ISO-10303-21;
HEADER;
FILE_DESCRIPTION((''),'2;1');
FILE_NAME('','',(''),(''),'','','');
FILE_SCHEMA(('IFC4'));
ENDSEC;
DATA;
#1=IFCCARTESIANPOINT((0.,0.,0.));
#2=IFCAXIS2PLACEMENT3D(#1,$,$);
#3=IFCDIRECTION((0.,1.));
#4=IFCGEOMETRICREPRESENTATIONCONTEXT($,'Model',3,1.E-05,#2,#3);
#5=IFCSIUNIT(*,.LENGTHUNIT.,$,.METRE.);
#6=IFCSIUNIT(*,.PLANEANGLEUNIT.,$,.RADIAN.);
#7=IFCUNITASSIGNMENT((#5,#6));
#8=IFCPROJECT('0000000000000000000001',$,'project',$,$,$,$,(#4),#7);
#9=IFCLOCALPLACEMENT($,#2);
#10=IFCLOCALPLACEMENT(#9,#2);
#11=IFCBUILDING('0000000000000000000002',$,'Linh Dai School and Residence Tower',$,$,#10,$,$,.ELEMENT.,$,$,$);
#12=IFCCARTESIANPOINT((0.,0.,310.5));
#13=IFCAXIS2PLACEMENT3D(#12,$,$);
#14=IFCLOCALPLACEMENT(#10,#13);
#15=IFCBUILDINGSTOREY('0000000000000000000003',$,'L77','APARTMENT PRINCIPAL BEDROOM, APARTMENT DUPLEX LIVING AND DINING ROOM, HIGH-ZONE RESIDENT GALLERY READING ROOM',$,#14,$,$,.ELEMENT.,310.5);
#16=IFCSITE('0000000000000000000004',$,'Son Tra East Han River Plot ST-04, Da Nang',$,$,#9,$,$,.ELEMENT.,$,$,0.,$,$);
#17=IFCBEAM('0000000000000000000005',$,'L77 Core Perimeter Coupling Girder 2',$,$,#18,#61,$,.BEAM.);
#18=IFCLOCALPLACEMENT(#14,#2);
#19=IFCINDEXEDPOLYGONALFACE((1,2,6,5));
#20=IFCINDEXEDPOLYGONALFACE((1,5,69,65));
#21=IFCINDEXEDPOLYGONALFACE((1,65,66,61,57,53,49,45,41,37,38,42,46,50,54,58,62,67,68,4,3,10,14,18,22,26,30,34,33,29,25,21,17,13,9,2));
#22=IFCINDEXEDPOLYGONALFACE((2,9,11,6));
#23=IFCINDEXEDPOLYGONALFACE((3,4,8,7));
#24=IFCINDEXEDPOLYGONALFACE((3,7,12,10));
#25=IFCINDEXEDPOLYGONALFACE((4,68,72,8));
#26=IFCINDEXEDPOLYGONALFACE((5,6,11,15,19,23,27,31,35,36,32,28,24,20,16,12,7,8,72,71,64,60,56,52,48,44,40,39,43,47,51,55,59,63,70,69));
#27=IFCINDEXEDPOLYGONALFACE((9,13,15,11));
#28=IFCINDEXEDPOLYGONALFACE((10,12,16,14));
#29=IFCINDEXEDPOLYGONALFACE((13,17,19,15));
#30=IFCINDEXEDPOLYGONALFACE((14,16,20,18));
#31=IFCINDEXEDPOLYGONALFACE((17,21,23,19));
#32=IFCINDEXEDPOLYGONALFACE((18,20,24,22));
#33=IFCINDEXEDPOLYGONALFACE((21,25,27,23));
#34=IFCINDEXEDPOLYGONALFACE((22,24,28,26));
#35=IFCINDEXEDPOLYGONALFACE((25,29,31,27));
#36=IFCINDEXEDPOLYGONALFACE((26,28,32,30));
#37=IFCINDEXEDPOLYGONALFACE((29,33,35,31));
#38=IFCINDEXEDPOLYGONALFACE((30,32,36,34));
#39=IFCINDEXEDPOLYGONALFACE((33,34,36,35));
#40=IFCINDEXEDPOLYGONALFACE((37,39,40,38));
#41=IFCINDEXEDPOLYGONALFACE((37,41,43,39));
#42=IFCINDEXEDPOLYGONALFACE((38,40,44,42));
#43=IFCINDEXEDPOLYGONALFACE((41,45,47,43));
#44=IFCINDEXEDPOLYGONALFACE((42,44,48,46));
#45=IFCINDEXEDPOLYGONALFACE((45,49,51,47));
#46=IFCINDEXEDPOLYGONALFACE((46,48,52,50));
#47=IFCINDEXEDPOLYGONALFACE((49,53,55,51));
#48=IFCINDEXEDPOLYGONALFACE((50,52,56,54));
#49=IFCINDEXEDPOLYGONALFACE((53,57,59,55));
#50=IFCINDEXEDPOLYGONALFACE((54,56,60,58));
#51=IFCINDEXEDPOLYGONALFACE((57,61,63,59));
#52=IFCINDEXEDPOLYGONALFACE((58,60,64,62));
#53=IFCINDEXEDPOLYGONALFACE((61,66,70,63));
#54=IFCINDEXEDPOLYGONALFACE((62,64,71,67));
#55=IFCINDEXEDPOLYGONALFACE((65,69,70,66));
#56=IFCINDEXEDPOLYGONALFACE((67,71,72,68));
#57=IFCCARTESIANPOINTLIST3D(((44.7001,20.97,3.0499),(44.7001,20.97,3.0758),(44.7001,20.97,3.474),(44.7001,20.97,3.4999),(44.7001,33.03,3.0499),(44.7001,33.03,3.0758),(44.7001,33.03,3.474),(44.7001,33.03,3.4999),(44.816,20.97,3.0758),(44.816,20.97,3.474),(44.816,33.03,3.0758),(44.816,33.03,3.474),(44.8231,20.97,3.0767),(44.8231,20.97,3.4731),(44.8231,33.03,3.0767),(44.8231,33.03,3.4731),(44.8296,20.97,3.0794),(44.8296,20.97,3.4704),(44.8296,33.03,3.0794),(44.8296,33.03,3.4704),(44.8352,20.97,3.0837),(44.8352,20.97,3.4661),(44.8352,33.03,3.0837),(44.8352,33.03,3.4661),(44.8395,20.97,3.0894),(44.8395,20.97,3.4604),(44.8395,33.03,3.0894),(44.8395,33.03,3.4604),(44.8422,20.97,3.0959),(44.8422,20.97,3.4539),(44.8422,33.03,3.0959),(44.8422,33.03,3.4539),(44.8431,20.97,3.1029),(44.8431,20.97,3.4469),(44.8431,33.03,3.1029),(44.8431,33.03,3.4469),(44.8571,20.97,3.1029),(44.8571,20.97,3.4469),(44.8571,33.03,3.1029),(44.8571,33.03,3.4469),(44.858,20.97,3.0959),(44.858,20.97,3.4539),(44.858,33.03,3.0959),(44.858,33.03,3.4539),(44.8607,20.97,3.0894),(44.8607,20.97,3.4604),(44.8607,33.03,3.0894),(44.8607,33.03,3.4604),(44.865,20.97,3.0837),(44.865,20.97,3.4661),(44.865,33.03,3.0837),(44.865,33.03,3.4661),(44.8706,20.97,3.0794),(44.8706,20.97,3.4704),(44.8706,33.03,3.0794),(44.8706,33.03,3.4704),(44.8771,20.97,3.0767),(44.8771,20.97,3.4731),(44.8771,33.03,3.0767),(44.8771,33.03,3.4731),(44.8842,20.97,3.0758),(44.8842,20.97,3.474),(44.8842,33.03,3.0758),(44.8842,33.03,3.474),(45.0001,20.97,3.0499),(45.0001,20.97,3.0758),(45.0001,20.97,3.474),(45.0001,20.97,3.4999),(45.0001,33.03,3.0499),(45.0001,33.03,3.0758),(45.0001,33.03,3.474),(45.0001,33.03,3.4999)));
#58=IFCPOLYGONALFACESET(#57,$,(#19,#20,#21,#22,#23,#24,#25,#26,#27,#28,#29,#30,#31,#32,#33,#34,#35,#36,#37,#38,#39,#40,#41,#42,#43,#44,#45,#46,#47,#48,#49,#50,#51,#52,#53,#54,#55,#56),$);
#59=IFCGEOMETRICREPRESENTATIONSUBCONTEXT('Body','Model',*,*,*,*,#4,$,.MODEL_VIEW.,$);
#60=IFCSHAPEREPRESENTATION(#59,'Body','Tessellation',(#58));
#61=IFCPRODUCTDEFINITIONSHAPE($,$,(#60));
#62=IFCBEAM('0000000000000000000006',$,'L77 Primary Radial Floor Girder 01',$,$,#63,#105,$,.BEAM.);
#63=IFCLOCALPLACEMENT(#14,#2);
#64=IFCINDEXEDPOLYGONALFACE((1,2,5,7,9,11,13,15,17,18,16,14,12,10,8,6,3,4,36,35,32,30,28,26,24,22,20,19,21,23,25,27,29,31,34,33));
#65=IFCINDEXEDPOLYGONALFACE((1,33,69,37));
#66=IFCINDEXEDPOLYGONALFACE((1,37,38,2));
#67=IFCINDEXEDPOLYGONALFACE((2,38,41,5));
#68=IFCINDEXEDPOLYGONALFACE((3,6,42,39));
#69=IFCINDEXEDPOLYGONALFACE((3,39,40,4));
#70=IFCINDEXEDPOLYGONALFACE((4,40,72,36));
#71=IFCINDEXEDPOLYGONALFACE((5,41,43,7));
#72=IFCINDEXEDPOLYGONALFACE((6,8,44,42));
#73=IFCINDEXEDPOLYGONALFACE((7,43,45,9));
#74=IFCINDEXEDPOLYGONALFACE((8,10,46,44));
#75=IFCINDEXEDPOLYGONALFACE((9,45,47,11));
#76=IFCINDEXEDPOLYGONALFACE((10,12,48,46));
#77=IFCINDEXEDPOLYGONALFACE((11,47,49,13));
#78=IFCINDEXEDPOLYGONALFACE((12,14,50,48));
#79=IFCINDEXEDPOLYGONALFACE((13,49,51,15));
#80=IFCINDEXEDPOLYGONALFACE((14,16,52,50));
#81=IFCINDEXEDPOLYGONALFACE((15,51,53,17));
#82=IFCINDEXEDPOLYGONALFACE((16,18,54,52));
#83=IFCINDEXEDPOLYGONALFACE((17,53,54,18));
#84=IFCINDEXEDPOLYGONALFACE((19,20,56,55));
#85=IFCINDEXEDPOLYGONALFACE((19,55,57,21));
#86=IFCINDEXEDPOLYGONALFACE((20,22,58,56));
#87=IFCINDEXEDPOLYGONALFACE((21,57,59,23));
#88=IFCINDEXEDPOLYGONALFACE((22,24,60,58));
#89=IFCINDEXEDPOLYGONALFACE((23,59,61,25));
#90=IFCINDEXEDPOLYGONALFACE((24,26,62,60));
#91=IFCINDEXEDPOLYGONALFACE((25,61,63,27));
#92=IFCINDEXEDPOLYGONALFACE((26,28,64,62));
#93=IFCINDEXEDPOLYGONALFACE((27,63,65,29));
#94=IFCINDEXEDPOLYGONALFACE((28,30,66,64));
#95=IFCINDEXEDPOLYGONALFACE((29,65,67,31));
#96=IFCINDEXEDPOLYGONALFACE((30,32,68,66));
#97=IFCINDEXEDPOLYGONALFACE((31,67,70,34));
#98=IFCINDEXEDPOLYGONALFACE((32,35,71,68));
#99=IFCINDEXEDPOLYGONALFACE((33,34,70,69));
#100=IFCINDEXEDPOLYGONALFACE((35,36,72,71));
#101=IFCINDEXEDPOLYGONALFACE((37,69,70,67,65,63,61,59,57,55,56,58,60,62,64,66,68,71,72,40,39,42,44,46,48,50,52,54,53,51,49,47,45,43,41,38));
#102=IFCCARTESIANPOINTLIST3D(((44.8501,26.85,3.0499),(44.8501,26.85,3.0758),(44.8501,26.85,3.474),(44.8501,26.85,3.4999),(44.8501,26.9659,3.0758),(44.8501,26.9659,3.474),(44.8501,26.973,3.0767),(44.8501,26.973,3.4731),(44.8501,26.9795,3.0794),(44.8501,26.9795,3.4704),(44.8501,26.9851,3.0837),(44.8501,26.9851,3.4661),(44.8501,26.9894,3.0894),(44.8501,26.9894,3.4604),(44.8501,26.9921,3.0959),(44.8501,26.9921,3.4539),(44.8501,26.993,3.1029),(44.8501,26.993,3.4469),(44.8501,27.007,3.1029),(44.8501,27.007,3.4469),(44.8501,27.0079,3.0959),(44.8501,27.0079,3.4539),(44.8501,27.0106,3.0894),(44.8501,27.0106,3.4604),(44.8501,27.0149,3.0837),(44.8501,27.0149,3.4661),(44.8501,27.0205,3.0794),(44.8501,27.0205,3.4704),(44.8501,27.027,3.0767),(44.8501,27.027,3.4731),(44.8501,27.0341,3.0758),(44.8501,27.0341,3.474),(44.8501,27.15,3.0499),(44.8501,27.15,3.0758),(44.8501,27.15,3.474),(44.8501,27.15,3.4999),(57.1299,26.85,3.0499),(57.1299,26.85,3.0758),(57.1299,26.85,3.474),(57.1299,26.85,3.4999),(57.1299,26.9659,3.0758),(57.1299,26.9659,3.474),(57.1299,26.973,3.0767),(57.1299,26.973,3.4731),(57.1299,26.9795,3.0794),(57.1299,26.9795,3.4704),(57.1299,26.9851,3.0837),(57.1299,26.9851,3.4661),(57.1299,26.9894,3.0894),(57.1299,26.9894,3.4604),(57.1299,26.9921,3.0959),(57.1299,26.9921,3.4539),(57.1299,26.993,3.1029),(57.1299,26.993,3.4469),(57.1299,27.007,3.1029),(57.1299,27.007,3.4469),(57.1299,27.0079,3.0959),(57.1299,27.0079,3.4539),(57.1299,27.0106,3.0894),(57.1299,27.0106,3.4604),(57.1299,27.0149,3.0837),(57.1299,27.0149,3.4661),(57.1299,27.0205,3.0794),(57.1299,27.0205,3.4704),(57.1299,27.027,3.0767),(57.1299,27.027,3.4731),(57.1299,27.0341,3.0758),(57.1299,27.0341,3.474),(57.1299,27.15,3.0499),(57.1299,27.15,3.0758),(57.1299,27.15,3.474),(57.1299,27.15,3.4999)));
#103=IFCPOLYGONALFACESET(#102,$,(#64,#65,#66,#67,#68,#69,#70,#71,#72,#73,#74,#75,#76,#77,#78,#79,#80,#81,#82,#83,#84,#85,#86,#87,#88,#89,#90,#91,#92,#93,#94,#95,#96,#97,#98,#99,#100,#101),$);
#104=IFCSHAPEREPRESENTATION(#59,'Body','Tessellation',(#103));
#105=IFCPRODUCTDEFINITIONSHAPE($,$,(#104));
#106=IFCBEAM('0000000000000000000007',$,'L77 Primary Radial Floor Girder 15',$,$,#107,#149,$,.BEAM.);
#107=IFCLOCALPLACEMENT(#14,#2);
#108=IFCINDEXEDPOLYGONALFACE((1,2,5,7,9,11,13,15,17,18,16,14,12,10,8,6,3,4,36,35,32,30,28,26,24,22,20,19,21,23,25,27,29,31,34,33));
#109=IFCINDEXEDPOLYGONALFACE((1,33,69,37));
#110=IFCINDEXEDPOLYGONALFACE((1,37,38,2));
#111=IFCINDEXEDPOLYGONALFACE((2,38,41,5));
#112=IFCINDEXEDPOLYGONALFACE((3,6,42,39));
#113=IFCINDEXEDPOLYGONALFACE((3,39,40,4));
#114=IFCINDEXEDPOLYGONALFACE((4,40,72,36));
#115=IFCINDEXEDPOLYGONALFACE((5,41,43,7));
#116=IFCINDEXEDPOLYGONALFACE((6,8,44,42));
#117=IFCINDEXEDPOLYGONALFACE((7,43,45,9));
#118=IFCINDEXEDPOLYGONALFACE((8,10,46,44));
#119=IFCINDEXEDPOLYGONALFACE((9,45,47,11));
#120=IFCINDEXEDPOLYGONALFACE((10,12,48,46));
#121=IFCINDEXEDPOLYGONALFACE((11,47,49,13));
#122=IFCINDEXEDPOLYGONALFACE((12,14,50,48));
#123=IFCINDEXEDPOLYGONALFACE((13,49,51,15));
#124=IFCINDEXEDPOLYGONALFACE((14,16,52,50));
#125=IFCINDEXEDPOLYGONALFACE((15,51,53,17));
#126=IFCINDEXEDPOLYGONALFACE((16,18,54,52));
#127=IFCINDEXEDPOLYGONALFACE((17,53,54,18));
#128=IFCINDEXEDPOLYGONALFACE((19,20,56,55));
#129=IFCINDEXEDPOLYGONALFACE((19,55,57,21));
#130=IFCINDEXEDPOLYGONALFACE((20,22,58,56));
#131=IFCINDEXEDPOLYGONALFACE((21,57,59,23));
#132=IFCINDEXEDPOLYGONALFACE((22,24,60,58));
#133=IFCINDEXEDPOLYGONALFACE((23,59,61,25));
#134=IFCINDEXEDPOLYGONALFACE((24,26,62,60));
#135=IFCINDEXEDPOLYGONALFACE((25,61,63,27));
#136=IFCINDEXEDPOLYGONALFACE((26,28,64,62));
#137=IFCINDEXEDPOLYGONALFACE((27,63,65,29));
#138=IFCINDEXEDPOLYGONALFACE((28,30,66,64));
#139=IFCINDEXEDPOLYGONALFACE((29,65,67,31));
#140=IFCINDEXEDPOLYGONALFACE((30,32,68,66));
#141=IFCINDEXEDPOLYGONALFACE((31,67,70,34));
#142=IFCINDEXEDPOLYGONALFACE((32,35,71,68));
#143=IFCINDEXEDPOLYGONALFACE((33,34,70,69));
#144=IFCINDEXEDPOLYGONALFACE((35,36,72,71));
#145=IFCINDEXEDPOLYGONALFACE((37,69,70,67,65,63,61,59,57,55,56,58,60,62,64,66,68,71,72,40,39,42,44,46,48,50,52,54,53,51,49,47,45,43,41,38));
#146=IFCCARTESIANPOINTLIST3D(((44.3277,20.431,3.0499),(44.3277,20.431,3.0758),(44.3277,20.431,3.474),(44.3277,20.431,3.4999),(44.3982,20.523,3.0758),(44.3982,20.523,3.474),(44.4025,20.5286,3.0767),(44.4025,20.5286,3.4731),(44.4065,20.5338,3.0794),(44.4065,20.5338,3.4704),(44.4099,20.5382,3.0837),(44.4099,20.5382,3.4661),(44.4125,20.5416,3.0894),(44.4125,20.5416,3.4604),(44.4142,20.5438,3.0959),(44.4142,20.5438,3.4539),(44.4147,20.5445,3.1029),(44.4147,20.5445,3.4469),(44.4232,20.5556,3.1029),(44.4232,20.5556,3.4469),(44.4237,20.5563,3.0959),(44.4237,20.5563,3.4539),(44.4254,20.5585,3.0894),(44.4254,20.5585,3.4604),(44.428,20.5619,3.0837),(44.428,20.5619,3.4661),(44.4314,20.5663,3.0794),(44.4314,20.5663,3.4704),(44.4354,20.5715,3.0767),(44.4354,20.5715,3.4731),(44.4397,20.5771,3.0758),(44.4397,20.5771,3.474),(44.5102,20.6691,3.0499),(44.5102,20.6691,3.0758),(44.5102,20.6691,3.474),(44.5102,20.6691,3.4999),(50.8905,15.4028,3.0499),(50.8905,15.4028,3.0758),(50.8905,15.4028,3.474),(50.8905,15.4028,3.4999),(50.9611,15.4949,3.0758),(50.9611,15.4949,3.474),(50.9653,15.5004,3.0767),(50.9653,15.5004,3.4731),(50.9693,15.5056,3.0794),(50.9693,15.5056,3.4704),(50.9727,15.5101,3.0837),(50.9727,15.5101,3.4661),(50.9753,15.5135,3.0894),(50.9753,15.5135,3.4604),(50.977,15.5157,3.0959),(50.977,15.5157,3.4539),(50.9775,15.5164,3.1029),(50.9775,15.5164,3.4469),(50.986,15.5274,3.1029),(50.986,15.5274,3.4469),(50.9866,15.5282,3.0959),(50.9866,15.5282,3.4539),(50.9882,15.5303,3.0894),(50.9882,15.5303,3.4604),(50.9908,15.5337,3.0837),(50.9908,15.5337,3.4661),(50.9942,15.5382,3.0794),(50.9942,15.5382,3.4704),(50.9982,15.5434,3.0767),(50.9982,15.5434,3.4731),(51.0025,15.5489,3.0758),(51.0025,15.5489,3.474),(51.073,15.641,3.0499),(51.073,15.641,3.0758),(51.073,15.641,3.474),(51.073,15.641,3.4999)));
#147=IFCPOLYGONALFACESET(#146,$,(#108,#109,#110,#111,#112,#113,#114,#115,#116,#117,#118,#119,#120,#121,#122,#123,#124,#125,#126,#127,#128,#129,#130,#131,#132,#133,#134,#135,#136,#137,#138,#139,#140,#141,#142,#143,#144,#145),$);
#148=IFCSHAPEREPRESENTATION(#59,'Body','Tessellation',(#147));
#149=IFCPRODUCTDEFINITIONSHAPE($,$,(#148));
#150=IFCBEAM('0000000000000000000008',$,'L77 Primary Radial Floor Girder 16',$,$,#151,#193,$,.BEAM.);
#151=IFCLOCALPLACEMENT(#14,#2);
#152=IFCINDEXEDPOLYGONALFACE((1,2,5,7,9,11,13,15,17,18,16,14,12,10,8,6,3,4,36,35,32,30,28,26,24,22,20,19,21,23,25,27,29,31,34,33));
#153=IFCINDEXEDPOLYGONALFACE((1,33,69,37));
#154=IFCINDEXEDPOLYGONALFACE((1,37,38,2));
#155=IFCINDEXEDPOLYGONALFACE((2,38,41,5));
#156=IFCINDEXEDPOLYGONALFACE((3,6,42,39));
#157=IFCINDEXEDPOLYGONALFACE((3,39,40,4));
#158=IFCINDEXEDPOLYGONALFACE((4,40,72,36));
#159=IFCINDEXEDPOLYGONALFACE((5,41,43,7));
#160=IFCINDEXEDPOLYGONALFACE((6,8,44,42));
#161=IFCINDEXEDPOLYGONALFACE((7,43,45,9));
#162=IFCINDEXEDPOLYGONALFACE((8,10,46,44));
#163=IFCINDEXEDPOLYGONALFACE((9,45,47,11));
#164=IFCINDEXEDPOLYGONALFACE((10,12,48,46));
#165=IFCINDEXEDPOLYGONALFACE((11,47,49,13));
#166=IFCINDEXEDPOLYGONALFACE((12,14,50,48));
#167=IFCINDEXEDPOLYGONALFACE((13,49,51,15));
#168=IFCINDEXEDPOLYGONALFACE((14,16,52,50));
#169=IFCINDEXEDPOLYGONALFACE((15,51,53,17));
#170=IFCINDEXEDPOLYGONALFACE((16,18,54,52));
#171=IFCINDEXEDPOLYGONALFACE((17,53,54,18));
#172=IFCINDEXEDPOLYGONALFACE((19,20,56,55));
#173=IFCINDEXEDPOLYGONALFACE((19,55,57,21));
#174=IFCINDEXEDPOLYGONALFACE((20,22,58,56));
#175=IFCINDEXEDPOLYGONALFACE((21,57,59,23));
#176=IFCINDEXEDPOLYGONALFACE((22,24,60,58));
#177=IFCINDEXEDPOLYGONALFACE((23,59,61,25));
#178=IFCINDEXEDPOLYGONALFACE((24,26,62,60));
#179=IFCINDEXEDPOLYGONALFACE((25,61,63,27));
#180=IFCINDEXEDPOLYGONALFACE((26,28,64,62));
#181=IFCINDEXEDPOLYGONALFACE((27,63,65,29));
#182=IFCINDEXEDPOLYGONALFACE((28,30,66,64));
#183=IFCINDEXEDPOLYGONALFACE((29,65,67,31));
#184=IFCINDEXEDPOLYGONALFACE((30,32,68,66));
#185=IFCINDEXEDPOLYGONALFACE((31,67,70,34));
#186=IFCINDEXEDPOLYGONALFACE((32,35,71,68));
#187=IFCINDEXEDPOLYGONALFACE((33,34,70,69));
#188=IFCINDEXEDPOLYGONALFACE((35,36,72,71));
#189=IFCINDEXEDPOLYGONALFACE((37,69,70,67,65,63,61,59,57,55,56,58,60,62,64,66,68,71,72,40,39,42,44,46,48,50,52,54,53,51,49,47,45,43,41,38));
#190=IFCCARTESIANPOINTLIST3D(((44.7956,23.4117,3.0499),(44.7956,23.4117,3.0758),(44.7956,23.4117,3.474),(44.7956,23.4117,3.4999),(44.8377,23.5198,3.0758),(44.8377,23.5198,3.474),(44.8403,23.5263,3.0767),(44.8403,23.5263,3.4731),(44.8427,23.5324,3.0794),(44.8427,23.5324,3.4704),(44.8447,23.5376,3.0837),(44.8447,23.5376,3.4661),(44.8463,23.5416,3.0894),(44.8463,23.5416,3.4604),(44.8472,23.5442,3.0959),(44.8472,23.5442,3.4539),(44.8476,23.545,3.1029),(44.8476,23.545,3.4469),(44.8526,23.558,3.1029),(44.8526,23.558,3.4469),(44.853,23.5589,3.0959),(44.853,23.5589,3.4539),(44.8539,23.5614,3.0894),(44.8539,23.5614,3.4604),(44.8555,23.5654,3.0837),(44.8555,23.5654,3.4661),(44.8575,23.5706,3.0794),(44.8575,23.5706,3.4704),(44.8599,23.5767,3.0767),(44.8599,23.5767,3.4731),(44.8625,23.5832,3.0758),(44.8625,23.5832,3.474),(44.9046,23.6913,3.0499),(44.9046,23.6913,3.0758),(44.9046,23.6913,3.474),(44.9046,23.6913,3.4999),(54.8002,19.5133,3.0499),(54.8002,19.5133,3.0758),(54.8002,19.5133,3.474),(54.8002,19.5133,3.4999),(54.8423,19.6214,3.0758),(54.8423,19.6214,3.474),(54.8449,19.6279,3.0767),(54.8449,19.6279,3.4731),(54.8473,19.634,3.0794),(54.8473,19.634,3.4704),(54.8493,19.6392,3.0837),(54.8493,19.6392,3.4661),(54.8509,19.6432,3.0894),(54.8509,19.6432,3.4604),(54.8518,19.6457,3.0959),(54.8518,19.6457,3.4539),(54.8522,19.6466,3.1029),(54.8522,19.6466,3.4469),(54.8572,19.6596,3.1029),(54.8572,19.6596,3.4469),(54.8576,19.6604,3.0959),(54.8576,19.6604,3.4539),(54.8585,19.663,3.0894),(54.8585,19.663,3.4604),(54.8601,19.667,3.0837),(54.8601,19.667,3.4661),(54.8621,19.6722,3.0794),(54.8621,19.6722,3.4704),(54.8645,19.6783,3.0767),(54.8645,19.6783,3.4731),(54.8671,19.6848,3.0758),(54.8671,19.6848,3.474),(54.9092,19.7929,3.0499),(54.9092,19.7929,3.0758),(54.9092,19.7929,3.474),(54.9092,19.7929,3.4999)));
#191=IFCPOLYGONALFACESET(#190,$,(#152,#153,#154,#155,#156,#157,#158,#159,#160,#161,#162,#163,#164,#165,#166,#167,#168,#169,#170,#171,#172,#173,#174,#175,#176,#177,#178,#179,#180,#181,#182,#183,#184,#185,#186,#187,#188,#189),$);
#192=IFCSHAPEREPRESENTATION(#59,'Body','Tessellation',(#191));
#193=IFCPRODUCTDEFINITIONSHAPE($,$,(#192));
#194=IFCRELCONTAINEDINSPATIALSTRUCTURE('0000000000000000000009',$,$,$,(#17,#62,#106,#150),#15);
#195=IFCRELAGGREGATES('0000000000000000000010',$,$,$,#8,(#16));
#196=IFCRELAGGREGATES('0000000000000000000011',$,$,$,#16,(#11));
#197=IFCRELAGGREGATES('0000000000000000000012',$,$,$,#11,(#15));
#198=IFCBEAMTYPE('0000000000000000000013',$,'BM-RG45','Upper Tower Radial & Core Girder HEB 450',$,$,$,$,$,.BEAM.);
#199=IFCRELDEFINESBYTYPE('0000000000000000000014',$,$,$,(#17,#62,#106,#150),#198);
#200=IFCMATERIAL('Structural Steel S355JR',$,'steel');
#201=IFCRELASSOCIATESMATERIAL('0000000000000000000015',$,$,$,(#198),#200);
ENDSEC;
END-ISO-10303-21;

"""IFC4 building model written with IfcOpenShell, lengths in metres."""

from ifc_helpers import new_model, si_unit, direction, frame, origin, origin_2d, place, context, subcontext, project, spatial, i_section, extrude, material, material_profile, profile_set, type_object, element, save


model = new_model("IFC4")

# Units and contexts
model_context = context("Model", 3, precision=1e-05, world=origin(), true_north=direction((0.0, 1.0)))
body_context = subcontext(model_context, "Body", "Model", "MODEL_VIEW")
ifc_project = project(units=[si_unit("LENGTHUNIT", "METRE"), si_unit("PLANEANGLEUNIT", "RADIAN")], contexts=[model_context])

# Site, building, storey
site_placement = place(None, origin())
site = spatial("IfcSite", under=ifc_project, at=site_placement, Name="Son Tra East Han River Plot ST-04, Da Nang", CompositionType="ELEMENT", RefElevation=0.0)
building_placement = place(site_placement, origin())
building = spatial("IfcBuilding", under=site, at=building_placement, Name="Linh Dai School and Residence Tower", CompositionType="ELEMENT")
storey_placement = place(building_placement, frame((0.0, 0.0, 310.5)))
storey = spatial("IfcBuildingStorey", under=building, at=storey_placement, Name="L77", Description="APARTMENT PRINCIPAL BEDROOM, APARTMENT DUPLEX LIVING AND DINING ROOM, HIGH-ZONE RESIDENT GALLERY READING ROOM", CompositionType="ELEMENT", Elevation=310.5)

# Shared definitions
ifc_material_1 = material(Name="Structural Steel S355JR", Category="steel")

# Beams
ifc_material_profile_1 = material_profile(ifc_material_1, i_section(OverallWidth=0.3, OverallDepth=0.45, WebThickness=0.0139, FlangeThickness=0.0259, FilletRadius=0.0271, at=origin_2d()), Name="HEB 450")
ifc_profile_set_1 = profile_set([ifc_material_profile_1], Name="Structural Steel S355JR")
beam_type_1 = type_object("IfcBeamType", Name="BM-RG45", Description="Upper Tower Radial & Core Girder HEB 450", PredefinedType="BEAM", material=ifc_profile_set_1)
beam_1_placement = place(storey_placement, frame((44.8501, 20.97, 3.2749), z_axis=(0.0, 1.0, 0.0), x_axis=(-1.0, 0.0, 0.0)))
element("IfcBeam", 1, at=beam_1_placement, inside=storey, type_object=beam_type_1, Name="L77 Core Perimeter Coupling Girder 2", PredefinedType="BEAM", context=body_context, shape_type="SweptSolid", body=[
    extrude(i_section(OverallWidth=0.3, OverallDepth=0.45, WebThickness=0.0139, FlangeThickness=0.0259, FilletRadius=0.0271, at=origin_2d()), origin(), (0.0, 0.0, 1.0), 12.0601),
])
beam_2_placement = place(storey_placement, frame((44.8501, 27.0, 3.2749), z_axis=(1.0, 0.0, 0.0), x_axis=(0.0, 1.0, 0.0)))
element("IfcBeam", 2, at=beam_2_placement, inside=storey, type_object=beam_type_1, Name="L77 Primary Radial Floor Girder 01", PredefinedType="BEAM", context=body_context, shape_type="SweptSolid", body=[
    extrude(i_section(OverallWidth=0.3, OverallDepth=0.45, WebThickness=0.0139, FlangeThickness=0.0259, FilletRadius=0.0271, at=origin_2d()), origin(), (0.0, 0.0, 1.0), 12.2798),
])
beam_3_placement = place(storey_placement, frame((44.4189, 20.55, 3.2749), z_axis=(0.793803, -0.608175, 0.0), x_axis=(0.608175, 0.793803, 0.0)))
element("IfcBeam", 3, at=beam_3_placement, inside=storey, type_object=beam_type_1, Name="L77 Primary Radial Floor Girder 15", PredefinedType="BEAM", context=body_context, shape_type="SweptSolid", body=[
    extrude(i_section(OverallWidth=0.3, OverallDepth=0.45, WebThickness=0.0139, FlangeThickness=0.0259, FilletRadius=0.0271, at=origin_2d()), origin(), (0.0, 0.0, 1.0), 8.2676),
])
beam_4_placement = place(storey_placement, frame((44.8501, 23.5515, 3.2749), z_axis=(0.931761, -0.363073, 0.0), x_axis=(0.363073, 0.931761, 0.0)))
element("IfcBeam", 4, at=beam_4_placement, inside=storey, type_object=beam_type_1, Name="L77 Primary Radial Floor Girder 16", PredefinedType="BEAM", context=body_context, shape_type="SweptSolid", body=[
    extrude(i_section(OverallWidth=0.3, OverallDepth=0.45, WebThickness=0.0139, FlangeThickness=0.0259, FilletRadius=0.0271, at=origin_2d()), origin(), (0.0, 0.0, 1.0), 10.7373),
])

save(model, "model.ifc")
